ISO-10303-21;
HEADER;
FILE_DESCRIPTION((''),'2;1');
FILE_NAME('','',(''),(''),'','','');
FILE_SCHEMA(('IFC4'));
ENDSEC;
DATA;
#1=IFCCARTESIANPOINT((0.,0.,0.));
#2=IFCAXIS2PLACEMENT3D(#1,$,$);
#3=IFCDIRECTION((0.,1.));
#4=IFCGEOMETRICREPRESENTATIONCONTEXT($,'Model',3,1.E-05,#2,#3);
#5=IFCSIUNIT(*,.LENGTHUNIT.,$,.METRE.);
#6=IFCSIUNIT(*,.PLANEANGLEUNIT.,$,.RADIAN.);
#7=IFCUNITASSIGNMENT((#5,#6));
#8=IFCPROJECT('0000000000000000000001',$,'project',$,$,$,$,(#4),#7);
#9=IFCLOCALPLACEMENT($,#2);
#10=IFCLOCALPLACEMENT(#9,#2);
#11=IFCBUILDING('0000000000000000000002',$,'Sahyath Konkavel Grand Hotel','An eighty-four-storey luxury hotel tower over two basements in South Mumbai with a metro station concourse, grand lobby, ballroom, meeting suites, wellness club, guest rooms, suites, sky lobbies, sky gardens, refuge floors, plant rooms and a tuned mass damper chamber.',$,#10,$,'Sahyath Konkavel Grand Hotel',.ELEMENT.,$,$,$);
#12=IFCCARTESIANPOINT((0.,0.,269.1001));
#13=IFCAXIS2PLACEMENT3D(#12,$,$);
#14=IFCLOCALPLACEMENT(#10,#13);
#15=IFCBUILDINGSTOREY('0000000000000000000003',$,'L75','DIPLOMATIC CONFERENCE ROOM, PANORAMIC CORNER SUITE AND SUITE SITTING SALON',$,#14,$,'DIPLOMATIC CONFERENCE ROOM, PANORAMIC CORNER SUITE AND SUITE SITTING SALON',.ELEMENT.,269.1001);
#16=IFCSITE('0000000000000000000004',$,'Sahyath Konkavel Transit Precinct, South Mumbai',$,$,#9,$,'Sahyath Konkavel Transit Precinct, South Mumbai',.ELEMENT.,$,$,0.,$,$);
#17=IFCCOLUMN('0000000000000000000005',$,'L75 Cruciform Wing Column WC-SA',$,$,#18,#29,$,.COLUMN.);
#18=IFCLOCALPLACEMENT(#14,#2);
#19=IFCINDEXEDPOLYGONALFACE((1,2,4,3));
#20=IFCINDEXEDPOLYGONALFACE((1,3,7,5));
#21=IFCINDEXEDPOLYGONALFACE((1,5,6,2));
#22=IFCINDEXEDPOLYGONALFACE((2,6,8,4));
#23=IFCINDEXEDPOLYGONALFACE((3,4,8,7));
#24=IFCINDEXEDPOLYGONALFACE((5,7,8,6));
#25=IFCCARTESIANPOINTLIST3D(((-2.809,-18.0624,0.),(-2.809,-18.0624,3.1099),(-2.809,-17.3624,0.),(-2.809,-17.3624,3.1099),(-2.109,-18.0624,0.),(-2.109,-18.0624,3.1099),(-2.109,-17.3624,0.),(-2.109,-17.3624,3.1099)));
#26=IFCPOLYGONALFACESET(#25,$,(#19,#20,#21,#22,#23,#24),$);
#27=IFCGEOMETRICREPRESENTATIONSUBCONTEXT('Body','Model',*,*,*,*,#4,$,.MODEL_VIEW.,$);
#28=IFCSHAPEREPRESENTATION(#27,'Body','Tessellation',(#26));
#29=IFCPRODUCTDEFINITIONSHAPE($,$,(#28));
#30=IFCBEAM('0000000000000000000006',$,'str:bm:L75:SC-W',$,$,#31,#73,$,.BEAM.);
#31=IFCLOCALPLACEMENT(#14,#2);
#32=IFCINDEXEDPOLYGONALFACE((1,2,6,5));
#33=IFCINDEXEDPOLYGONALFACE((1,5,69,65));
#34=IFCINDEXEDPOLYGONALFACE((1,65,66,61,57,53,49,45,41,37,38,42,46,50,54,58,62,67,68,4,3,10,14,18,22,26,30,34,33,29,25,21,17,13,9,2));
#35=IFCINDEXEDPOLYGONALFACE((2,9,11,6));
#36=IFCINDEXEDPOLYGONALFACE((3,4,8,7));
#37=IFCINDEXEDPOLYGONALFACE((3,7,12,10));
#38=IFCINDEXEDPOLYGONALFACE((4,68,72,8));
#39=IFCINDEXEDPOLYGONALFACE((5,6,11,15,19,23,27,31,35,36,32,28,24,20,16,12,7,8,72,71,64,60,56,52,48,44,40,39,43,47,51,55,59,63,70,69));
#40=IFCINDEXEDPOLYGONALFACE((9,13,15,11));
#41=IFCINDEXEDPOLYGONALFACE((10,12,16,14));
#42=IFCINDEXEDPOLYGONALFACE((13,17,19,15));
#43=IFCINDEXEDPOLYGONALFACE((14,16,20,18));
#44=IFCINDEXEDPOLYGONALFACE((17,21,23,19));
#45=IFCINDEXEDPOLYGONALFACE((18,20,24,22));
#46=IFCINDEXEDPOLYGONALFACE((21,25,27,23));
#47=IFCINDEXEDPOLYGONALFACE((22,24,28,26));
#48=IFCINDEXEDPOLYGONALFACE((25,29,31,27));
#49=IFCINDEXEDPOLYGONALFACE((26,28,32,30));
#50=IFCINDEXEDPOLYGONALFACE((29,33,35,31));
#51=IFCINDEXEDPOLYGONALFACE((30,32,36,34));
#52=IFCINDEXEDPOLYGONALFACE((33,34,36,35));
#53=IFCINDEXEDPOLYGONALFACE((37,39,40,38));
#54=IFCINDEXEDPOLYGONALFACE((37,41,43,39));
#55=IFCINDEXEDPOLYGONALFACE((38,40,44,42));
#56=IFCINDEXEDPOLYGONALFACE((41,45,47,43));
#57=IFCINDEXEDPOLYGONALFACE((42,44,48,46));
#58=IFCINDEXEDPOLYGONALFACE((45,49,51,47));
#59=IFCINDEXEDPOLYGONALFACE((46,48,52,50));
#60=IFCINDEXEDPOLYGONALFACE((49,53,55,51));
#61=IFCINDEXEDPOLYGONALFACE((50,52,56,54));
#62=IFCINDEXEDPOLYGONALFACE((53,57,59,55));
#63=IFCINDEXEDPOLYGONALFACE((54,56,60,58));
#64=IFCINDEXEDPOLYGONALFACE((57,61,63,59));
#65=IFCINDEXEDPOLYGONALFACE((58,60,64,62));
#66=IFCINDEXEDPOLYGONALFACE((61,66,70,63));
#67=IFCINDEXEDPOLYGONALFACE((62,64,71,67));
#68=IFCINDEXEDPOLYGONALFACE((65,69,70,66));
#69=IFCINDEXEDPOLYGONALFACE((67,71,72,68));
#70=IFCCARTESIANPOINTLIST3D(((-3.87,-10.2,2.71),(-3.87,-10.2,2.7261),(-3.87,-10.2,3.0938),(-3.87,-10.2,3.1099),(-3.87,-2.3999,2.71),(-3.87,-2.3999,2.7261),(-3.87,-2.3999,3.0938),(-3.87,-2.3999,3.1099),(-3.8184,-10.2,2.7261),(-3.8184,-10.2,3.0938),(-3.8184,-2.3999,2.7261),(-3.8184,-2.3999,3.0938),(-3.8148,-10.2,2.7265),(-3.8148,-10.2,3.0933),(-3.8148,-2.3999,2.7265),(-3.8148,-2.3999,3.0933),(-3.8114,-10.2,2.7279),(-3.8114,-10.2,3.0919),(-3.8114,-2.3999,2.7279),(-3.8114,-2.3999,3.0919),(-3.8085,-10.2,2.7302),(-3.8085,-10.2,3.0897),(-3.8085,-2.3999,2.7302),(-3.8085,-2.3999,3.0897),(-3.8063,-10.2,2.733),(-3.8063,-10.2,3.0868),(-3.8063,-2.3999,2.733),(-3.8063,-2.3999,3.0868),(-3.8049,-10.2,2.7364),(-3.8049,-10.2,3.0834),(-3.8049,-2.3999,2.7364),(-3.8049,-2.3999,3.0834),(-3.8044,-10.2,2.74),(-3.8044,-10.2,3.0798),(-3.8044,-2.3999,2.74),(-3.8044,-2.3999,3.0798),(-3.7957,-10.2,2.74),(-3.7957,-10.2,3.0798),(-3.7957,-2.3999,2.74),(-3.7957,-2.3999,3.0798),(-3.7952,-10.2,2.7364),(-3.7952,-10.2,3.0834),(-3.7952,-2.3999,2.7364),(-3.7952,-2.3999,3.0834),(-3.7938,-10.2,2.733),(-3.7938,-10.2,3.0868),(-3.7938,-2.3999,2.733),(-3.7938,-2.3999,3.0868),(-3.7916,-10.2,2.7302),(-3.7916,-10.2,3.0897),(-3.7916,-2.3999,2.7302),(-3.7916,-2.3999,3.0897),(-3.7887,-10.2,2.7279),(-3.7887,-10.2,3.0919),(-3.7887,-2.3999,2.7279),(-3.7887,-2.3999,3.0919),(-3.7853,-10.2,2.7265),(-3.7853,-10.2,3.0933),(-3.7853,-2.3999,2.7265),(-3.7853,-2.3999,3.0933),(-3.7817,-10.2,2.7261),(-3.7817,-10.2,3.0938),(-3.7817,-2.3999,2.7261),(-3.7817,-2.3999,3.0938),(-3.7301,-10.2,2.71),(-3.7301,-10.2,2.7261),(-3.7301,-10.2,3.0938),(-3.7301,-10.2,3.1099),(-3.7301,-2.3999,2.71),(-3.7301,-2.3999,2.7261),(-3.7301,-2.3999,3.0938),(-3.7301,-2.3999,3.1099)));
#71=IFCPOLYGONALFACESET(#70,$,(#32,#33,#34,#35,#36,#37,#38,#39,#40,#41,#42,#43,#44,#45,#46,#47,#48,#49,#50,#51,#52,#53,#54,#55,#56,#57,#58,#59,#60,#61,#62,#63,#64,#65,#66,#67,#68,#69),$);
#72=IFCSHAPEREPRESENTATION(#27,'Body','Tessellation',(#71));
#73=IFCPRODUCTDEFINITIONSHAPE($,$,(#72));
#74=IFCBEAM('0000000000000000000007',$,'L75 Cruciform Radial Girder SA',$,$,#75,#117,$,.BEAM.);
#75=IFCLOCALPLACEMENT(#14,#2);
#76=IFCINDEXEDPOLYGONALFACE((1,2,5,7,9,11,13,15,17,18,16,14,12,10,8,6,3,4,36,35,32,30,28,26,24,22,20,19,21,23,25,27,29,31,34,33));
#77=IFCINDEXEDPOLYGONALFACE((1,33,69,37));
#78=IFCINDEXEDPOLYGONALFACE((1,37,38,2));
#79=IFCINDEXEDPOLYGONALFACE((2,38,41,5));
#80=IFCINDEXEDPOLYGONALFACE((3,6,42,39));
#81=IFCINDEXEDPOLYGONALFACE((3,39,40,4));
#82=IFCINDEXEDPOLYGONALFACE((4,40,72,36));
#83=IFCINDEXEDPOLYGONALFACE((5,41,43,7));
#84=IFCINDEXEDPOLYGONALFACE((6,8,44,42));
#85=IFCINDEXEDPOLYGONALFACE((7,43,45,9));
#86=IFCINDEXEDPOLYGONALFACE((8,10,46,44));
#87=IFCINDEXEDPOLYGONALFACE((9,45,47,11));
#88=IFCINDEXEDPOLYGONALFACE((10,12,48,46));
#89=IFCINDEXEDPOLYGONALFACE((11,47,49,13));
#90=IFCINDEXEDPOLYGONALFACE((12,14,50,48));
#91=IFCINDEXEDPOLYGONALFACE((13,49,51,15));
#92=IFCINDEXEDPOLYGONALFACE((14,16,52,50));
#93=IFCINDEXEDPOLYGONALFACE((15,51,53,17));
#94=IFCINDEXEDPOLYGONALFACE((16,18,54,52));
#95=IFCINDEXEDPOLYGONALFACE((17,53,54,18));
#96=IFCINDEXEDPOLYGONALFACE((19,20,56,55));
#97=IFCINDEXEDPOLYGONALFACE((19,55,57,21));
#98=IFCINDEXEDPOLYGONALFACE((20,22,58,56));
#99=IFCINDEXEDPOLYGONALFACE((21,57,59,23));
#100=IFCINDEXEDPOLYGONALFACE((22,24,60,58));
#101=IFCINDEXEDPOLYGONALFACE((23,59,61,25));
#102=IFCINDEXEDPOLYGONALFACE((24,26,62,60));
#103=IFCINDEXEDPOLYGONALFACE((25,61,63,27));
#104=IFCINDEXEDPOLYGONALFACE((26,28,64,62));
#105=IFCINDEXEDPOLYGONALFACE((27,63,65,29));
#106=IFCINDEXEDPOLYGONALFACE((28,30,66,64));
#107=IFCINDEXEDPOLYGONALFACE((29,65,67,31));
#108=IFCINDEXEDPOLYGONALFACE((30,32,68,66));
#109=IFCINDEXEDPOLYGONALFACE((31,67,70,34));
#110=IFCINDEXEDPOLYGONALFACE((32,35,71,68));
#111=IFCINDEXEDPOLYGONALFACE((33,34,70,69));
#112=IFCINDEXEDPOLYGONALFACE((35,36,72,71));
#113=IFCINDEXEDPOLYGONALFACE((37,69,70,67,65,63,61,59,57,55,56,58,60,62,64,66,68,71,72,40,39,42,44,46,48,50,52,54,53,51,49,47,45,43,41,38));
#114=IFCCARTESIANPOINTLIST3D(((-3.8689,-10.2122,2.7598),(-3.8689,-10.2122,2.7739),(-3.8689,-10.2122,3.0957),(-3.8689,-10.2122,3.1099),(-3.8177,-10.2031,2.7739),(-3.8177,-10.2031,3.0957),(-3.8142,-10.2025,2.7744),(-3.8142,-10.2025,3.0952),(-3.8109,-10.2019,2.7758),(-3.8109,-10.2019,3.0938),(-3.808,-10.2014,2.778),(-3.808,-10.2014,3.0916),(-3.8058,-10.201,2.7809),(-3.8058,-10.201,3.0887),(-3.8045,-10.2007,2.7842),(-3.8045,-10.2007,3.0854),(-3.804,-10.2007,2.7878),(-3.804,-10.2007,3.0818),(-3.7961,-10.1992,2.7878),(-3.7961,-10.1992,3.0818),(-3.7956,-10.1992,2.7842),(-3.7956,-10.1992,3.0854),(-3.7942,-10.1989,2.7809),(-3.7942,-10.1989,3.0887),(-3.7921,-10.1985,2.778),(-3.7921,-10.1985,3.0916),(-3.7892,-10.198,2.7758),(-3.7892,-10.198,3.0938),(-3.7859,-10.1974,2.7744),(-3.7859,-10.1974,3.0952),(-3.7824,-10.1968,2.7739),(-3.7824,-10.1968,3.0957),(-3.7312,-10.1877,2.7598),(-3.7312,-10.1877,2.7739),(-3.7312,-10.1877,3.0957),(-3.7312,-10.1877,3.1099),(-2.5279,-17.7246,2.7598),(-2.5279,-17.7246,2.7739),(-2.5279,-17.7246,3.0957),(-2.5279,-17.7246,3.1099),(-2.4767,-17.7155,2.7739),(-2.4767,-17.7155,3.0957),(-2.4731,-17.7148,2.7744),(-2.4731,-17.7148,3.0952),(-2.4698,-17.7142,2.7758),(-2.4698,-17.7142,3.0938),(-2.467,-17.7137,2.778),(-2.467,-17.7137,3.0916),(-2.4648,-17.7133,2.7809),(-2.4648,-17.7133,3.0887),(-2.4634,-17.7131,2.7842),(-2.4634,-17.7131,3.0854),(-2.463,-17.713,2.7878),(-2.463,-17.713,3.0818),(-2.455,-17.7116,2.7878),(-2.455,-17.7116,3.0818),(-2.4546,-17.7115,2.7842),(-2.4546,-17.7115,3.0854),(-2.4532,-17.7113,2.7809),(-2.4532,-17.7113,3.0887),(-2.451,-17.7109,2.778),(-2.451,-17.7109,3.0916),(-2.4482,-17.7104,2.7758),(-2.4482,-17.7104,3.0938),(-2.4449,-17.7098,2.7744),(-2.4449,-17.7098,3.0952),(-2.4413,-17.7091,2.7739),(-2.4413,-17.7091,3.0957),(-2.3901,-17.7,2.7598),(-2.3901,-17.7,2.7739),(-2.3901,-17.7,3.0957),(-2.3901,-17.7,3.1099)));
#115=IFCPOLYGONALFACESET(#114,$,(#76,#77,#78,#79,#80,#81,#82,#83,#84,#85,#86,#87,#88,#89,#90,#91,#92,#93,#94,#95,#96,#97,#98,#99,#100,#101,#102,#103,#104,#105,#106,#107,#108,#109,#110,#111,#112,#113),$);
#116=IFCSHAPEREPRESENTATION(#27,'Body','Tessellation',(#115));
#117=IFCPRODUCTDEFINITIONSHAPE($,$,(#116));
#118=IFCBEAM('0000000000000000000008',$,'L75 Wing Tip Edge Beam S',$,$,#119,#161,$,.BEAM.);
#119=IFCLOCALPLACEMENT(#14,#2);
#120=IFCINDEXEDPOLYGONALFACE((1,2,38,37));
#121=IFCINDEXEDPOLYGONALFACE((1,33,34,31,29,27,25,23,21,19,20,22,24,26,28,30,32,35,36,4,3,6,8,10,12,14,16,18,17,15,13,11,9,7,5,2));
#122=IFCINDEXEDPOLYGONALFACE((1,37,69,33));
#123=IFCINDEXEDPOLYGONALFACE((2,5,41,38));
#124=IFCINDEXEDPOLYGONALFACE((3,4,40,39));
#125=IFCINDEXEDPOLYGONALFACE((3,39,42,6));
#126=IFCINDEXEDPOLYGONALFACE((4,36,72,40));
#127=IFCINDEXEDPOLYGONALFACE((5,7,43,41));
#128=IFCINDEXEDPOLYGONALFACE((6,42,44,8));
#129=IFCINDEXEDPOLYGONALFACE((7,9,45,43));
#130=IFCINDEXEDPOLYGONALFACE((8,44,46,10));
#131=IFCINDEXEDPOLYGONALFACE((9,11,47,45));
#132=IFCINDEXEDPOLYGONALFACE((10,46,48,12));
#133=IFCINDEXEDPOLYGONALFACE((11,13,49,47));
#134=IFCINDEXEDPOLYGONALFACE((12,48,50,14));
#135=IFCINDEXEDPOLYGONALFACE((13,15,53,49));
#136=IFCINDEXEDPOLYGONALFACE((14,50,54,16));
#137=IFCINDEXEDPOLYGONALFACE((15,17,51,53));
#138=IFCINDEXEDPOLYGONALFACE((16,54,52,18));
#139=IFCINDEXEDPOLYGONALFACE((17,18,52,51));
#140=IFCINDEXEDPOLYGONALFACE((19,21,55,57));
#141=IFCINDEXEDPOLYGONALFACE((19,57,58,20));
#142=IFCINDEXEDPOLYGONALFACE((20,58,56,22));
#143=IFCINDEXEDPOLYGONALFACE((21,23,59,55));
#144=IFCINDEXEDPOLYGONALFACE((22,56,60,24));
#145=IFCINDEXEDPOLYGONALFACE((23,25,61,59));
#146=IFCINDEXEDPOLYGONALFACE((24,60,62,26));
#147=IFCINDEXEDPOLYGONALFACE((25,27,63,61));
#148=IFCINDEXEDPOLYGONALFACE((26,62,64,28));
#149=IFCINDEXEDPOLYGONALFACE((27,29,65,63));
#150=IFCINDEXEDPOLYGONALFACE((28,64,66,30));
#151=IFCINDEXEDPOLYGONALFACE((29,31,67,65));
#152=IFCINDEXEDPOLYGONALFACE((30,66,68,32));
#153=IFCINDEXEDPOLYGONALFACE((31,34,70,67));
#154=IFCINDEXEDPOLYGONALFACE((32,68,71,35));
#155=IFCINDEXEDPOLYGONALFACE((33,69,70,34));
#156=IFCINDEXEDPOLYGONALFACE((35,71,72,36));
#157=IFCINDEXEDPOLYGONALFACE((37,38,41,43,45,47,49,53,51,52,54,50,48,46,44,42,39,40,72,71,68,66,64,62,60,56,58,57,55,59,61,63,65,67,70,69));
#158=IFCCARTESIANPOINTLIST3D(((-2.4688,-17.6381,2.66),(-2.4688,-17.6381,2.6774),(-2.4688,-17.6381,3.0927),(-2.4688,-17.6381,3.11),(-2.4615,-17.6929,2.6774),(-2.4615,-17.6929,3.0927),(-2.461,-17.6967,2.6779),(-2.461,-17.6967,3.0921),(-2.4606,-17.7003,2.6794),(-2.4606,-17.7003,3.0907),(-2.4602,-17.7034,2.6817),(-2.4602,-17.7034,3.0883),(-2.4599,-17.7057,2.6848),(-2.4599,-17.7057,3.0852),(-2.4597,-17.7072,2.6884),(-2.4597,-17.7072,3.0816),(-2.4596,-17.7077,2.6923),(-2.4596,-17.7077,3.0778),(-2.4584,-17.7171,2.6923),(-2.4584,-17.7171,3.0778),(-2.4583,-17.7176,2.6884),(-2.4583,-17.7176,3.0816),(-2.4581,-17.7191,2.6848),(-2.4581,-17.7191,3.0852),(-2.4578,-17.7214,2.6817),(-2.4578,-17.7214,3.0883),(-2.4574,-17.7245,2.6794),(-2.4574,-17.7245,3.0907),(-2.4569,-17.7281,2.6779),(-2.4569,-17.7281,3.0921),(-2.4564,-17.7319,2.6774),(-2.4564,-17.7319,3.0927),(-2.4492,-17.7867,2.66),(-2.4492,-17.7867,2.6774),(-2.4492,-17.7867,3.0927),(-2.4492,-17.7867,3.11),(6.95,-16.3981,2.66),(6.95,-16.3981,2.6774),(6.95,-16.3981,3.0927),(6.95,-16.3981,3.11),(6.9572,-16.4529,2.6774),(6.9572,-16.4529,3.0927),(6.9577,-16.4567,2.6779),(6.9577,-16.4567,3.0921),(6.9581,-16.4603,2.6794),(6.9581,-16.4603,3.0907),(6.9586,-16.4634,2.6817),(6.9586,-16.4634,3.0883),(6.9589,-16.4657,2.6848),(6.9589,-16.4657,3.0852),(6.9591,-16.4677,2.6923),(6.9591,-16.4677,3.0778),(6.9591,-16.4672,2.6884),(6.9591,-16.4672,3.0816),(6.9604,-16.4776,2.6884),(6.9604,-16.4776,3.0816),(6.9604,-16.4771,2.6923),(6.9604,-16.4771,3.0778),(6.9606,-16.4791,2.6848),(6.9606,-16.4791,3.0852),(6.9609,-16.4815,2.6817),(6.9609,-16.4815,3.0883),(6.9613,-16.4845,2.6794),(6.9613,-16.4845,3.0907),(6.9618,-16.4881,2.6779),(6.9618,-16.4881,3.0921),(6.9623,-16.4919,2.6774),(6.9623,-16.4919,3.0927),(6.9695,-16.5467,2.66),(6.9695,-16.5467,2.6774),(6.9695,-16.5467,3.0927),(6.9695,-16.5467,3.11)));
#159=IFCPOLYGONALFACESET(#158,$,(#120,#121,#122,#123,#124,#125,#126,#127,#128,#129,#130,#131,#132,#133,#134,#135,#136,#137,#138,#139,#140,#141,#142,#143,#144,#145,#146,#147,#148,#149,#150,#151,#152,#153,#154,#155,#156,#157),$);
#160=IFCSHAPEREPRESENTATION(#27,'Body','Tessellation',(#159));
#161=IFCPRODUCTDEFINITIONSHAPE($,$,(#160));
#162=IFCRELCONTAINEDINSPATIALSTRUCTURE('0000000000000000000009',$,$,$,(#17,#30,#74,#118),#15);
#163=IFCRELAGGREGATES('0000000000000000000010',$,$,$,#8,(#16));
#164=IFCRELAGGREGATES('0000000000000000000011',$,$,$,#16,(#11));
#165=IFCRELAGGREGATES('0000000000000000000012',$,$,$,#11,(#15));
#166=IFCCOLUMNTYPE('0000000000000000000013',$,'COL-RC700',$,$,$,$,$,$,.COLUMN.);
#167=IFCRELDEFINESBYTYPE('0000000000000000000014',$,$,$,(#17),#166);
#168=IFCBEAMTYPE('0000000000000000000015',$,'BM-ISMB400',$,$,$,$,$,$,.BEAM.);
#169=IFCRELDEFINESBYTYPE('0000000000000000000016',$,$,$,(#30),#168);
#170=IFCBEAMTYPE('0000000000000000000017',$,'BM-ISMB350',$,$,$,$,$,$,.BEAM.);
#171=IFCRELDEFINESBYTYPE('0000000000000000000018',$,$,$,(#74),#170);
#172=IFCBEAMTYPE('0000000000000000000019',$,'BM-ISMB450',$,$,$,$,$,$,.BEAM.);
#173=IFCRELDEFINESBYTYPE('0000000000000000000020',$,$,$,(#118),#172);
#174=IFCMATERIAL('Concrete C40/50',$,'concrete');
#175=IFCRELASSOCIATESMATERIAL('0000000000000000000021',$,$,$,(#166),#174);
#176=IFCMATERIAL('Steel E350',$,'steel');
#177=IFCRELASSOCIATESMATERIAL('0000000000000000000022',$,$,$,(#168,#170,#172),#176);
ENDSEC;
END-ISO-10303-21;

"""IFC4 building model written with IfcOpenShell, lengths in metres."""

from ifc_helpers import new_model, si_unit, direction, frame, origin, origin_2d, place, context, subcontext, project, spatial, rectangle, i_section, extrude, source, transform, mapped, material, material_profile, profile_set, type_object, element, save


model = new_model("IFC4")

# Units and contexts
model_context = context("Model", 3, precision=1e-05, world=origin(), true_north=direction((0.0, 1.0)))
body_context = subcontext(model_context, "Body", "Model", "MODEL_VIEW")
ifc_project = project(units=[si_unit("LENGTHUNIT", "METRE"), si_unit("PLANEANGLEUNIT", "RADIAN")], contexts=[model_context])

# Site, building, storey
site_placement = place(None, origin())
site = spatial("IfcSite", under=ifc_project, at=site_placement, Name="Sahyath Konkavel Transit Precinct, South Mumbai", LongName="Sahyath Konkavel Transit Precinct, South Mumbai", CompositionType="ELEMENT", RefElevation=0.0)
building_placement = place(site_placement, origin())
building = spatial("IfcBuilding", under=site, at=building_placement, Name="Sahyath Konkavel Grand Hotel", Description="An eighty-four-storey luxury hotel tower over two basements in South Mumbai with a metro station concourse, grand lobby, ballroom, meeting suites, wellness club, guest rooms, suites, sky lobbies, sky gardens, refuge floors, plant rooms and a tuned mass damper chamber.", LongName="Sahyath Konkavel Grand Hotel", CompositionType="ELEMENT")
storey_placement = place(building_placement, frame((0.0, 0.0, 269.1001)))
storey = spatial("IfcBuildingStorey", under=building, at=storey_placement, Name="L75", Description="DIPLOMATIC CONFERENCE ROOM, PANORAMIC CORNER SUITE AND SUITE SITTING SALON", LongName="DIPLOMATIC CONFERENCE ROOM, PANORAMIC CORNER SUITE AND SUITE SITTING SALON", CompositionType="ELEMENT", Elevation=269.1001)

# Column
ifc_material_1 = material(Name="Concrete C40/50", Category="concrete")
ifc_material_profile_1 = material_profile(ifc_material_1, rectangle(XDim=0.7, YDim=0.7, at=origin_2d()), Name="RC 700x700")
ifc_profile_set_1 = profile_set([ifc_material_profile_1], Name="Concrete C40/50")
column_type = type_object("IfcColumnType", Name="COL-RC700", PredefinedType="COLUMN", material=ifc_profile_set_1)
shared_shape_1 = source(origin(), body_context, "Body", "SweptSolid", [
    extrude(rectangle(XDim=0.7, YDim=0.7, at=origin_2d()), origin(), (0.0, 0.0, 1.0), 3.1099),
])
column_placement = place(storey_placement, frame((-2.459, -17.7124, 0.0), z_axis=(0.0, 0.0, 1.0), x_axis=(1.0, 0.0, 0.0)))
element("IfcColumn", 1, at=column_placement, inside=storey, type_object=column_type, Name="L75 Cruciform Wing Column WC-SA", PredefinedType="COLUMN", context=body_context, shape_type="MappedRepresentation", body=[
    mapped(shared_shape_1, transform((0.0, 0.0, 0.0), scale=1.0)),
])

# Beams
ifc_material_2 = material(Name="Steel E350", Category="steel")
ifc_material_profile_2 = material_profile(ifc_material_2, i_section(OverallWidth=0.1399, OverallDepth=0.3999, WebThickness=0.0088, FlangeThickness=0.0161, FilletRadius=0.0139, at=origin_2d()), Name="ISMB 400")
ifc_profile_set_2 = profile_set([ifc_material_profile_2], Name="Steel E350")
beam_type_1 = type_object("IfcBeamType", Name="BM-ISMB400", PredefinedType="BEAM", material=ifc_profile_set_2)
shared_shape_2 = source(origin(), body_context, "Body", "SweptSolid", [
    extrude(i_section(OverallWidth=0.1399, OverallDepth=0.3999, WebThickness=0.0088, FlangeThickness=0.0161, FilletRadius=0.0139, at=origin_2d()), origin(), (0.0, 0.0, 1.0), 7.8),
])
beam_1_placement = place(storey_placement, frame((-3.8, -10.2, 2.9099), z_axis=(0.0, 1.0, 0.0), x_axis=(-1.0, 0.0, 0.0)))
element("IfcBeam", 2, at=beam_1_placement, inside=storey, type_object=beam_type_1, Name="str:bm:L75:SC-W", PredefinedType="BEAM", context=body_context, shape_type="MappedRepresentation", body=[
    mapped(shared_shape_2, transform((0.0, 0.0, 0.0), scale=1.0)),
])
ifc_material_profile_3 = material_profile(ifc_material_2, i_section(OverallWidth=0.1399, OverallDepth=0.3501, WebThickness=0.0081, FlangeThickness=0.0142, FilletRadius=0.0139, at=origin_2d()), Name="ISMB 350")
ifc_profile_set_3 = profile_set([ifc_material_profile_3], Name="Steel E350")
beam_type_2 = type_object("IfcBeamType", Name="BM-ISMB350", PredefinedType="BEAM", material=ifc_profile_set_3)
shared_shape_3 = source(origin(), body_context, "Body", "SweptSolid", [
    extrude(i_section(OverallWidth=0.1399, OverallDepth=0.3501, WebThickness=0.0081, FlangeThickness=0.0142, FilletRadius=0.0139, at=origin_2d()), origin(), (0.0, 0.0, 1.0), 7.6311),
])
beam_2_placement = place(storey_placement, frame((-3.8, -10.2, 2.9348), z_axis=(0.175734, -0.984438, 0.0), x_axis=(0.984438, 0.175734, 0.0)))
element("IfcBeam", 3, at=beam_2_placement, inside=storey, type_object=beam_type_2, Name="L75 Cruciform Radial Girder SA", PredefinedType="BEAM", context=body_context, shape_type="MappedRepresentation", body=[
    mapped(shared_shape_3, transform((0.0, 0.0, 0.0), scale=1.0)),
])
ifc_material_profile_4 = material_profile(ifc_material_2, i_section(OverallWidth=0.1499, OverallDepth=0.45, WebThickness=0.0095, FlangeThickness=0.0173, FilletRadius=0.0149, at=origin_2d()), Name="ISMB 450")
ifc_profile_set_4 = profile_set([ifc_material_profile_4], Name="Steel E350")
beam_type_3 = type_object("IfcBeamType", Name="BM-ISMB450", PredefinedType="BEAM", material=ifc_profile_set_4)
shared_shape_4 = source(origin(), body_context, "Body", "SweptSolid", [
    extrude(i_section(OverallWidth=0.1499, OverallDepth=0.45, WebThickness=0.0095, FlangeThickness=0.0173, FilletRadius=0.0149, at=origin_2d()), origin(), (0.0, 0.0, 1.0), 9.5),
])
beam_3_placement = place(storey_placement, frame((-2.459, -17.7124, 2.885), z_axis=(0.991445, 0.130526, 0.0), x_axis=(-0.130526, 0.991445, 0.0)))
element("IfcBeam", 4, at=beam_3_placement, inside=storey, type_object=beam_type_3, Name="L75 Wing Tip Edge Beam S", PredefinedType="BEAM", context=body_context, shape_type="MappedRepresentation", body=[
    mapped(shared_shape_4, transform((0.0, 0.0, 0.0), scale=1.0)),
])

save(model, "model.ifc")
